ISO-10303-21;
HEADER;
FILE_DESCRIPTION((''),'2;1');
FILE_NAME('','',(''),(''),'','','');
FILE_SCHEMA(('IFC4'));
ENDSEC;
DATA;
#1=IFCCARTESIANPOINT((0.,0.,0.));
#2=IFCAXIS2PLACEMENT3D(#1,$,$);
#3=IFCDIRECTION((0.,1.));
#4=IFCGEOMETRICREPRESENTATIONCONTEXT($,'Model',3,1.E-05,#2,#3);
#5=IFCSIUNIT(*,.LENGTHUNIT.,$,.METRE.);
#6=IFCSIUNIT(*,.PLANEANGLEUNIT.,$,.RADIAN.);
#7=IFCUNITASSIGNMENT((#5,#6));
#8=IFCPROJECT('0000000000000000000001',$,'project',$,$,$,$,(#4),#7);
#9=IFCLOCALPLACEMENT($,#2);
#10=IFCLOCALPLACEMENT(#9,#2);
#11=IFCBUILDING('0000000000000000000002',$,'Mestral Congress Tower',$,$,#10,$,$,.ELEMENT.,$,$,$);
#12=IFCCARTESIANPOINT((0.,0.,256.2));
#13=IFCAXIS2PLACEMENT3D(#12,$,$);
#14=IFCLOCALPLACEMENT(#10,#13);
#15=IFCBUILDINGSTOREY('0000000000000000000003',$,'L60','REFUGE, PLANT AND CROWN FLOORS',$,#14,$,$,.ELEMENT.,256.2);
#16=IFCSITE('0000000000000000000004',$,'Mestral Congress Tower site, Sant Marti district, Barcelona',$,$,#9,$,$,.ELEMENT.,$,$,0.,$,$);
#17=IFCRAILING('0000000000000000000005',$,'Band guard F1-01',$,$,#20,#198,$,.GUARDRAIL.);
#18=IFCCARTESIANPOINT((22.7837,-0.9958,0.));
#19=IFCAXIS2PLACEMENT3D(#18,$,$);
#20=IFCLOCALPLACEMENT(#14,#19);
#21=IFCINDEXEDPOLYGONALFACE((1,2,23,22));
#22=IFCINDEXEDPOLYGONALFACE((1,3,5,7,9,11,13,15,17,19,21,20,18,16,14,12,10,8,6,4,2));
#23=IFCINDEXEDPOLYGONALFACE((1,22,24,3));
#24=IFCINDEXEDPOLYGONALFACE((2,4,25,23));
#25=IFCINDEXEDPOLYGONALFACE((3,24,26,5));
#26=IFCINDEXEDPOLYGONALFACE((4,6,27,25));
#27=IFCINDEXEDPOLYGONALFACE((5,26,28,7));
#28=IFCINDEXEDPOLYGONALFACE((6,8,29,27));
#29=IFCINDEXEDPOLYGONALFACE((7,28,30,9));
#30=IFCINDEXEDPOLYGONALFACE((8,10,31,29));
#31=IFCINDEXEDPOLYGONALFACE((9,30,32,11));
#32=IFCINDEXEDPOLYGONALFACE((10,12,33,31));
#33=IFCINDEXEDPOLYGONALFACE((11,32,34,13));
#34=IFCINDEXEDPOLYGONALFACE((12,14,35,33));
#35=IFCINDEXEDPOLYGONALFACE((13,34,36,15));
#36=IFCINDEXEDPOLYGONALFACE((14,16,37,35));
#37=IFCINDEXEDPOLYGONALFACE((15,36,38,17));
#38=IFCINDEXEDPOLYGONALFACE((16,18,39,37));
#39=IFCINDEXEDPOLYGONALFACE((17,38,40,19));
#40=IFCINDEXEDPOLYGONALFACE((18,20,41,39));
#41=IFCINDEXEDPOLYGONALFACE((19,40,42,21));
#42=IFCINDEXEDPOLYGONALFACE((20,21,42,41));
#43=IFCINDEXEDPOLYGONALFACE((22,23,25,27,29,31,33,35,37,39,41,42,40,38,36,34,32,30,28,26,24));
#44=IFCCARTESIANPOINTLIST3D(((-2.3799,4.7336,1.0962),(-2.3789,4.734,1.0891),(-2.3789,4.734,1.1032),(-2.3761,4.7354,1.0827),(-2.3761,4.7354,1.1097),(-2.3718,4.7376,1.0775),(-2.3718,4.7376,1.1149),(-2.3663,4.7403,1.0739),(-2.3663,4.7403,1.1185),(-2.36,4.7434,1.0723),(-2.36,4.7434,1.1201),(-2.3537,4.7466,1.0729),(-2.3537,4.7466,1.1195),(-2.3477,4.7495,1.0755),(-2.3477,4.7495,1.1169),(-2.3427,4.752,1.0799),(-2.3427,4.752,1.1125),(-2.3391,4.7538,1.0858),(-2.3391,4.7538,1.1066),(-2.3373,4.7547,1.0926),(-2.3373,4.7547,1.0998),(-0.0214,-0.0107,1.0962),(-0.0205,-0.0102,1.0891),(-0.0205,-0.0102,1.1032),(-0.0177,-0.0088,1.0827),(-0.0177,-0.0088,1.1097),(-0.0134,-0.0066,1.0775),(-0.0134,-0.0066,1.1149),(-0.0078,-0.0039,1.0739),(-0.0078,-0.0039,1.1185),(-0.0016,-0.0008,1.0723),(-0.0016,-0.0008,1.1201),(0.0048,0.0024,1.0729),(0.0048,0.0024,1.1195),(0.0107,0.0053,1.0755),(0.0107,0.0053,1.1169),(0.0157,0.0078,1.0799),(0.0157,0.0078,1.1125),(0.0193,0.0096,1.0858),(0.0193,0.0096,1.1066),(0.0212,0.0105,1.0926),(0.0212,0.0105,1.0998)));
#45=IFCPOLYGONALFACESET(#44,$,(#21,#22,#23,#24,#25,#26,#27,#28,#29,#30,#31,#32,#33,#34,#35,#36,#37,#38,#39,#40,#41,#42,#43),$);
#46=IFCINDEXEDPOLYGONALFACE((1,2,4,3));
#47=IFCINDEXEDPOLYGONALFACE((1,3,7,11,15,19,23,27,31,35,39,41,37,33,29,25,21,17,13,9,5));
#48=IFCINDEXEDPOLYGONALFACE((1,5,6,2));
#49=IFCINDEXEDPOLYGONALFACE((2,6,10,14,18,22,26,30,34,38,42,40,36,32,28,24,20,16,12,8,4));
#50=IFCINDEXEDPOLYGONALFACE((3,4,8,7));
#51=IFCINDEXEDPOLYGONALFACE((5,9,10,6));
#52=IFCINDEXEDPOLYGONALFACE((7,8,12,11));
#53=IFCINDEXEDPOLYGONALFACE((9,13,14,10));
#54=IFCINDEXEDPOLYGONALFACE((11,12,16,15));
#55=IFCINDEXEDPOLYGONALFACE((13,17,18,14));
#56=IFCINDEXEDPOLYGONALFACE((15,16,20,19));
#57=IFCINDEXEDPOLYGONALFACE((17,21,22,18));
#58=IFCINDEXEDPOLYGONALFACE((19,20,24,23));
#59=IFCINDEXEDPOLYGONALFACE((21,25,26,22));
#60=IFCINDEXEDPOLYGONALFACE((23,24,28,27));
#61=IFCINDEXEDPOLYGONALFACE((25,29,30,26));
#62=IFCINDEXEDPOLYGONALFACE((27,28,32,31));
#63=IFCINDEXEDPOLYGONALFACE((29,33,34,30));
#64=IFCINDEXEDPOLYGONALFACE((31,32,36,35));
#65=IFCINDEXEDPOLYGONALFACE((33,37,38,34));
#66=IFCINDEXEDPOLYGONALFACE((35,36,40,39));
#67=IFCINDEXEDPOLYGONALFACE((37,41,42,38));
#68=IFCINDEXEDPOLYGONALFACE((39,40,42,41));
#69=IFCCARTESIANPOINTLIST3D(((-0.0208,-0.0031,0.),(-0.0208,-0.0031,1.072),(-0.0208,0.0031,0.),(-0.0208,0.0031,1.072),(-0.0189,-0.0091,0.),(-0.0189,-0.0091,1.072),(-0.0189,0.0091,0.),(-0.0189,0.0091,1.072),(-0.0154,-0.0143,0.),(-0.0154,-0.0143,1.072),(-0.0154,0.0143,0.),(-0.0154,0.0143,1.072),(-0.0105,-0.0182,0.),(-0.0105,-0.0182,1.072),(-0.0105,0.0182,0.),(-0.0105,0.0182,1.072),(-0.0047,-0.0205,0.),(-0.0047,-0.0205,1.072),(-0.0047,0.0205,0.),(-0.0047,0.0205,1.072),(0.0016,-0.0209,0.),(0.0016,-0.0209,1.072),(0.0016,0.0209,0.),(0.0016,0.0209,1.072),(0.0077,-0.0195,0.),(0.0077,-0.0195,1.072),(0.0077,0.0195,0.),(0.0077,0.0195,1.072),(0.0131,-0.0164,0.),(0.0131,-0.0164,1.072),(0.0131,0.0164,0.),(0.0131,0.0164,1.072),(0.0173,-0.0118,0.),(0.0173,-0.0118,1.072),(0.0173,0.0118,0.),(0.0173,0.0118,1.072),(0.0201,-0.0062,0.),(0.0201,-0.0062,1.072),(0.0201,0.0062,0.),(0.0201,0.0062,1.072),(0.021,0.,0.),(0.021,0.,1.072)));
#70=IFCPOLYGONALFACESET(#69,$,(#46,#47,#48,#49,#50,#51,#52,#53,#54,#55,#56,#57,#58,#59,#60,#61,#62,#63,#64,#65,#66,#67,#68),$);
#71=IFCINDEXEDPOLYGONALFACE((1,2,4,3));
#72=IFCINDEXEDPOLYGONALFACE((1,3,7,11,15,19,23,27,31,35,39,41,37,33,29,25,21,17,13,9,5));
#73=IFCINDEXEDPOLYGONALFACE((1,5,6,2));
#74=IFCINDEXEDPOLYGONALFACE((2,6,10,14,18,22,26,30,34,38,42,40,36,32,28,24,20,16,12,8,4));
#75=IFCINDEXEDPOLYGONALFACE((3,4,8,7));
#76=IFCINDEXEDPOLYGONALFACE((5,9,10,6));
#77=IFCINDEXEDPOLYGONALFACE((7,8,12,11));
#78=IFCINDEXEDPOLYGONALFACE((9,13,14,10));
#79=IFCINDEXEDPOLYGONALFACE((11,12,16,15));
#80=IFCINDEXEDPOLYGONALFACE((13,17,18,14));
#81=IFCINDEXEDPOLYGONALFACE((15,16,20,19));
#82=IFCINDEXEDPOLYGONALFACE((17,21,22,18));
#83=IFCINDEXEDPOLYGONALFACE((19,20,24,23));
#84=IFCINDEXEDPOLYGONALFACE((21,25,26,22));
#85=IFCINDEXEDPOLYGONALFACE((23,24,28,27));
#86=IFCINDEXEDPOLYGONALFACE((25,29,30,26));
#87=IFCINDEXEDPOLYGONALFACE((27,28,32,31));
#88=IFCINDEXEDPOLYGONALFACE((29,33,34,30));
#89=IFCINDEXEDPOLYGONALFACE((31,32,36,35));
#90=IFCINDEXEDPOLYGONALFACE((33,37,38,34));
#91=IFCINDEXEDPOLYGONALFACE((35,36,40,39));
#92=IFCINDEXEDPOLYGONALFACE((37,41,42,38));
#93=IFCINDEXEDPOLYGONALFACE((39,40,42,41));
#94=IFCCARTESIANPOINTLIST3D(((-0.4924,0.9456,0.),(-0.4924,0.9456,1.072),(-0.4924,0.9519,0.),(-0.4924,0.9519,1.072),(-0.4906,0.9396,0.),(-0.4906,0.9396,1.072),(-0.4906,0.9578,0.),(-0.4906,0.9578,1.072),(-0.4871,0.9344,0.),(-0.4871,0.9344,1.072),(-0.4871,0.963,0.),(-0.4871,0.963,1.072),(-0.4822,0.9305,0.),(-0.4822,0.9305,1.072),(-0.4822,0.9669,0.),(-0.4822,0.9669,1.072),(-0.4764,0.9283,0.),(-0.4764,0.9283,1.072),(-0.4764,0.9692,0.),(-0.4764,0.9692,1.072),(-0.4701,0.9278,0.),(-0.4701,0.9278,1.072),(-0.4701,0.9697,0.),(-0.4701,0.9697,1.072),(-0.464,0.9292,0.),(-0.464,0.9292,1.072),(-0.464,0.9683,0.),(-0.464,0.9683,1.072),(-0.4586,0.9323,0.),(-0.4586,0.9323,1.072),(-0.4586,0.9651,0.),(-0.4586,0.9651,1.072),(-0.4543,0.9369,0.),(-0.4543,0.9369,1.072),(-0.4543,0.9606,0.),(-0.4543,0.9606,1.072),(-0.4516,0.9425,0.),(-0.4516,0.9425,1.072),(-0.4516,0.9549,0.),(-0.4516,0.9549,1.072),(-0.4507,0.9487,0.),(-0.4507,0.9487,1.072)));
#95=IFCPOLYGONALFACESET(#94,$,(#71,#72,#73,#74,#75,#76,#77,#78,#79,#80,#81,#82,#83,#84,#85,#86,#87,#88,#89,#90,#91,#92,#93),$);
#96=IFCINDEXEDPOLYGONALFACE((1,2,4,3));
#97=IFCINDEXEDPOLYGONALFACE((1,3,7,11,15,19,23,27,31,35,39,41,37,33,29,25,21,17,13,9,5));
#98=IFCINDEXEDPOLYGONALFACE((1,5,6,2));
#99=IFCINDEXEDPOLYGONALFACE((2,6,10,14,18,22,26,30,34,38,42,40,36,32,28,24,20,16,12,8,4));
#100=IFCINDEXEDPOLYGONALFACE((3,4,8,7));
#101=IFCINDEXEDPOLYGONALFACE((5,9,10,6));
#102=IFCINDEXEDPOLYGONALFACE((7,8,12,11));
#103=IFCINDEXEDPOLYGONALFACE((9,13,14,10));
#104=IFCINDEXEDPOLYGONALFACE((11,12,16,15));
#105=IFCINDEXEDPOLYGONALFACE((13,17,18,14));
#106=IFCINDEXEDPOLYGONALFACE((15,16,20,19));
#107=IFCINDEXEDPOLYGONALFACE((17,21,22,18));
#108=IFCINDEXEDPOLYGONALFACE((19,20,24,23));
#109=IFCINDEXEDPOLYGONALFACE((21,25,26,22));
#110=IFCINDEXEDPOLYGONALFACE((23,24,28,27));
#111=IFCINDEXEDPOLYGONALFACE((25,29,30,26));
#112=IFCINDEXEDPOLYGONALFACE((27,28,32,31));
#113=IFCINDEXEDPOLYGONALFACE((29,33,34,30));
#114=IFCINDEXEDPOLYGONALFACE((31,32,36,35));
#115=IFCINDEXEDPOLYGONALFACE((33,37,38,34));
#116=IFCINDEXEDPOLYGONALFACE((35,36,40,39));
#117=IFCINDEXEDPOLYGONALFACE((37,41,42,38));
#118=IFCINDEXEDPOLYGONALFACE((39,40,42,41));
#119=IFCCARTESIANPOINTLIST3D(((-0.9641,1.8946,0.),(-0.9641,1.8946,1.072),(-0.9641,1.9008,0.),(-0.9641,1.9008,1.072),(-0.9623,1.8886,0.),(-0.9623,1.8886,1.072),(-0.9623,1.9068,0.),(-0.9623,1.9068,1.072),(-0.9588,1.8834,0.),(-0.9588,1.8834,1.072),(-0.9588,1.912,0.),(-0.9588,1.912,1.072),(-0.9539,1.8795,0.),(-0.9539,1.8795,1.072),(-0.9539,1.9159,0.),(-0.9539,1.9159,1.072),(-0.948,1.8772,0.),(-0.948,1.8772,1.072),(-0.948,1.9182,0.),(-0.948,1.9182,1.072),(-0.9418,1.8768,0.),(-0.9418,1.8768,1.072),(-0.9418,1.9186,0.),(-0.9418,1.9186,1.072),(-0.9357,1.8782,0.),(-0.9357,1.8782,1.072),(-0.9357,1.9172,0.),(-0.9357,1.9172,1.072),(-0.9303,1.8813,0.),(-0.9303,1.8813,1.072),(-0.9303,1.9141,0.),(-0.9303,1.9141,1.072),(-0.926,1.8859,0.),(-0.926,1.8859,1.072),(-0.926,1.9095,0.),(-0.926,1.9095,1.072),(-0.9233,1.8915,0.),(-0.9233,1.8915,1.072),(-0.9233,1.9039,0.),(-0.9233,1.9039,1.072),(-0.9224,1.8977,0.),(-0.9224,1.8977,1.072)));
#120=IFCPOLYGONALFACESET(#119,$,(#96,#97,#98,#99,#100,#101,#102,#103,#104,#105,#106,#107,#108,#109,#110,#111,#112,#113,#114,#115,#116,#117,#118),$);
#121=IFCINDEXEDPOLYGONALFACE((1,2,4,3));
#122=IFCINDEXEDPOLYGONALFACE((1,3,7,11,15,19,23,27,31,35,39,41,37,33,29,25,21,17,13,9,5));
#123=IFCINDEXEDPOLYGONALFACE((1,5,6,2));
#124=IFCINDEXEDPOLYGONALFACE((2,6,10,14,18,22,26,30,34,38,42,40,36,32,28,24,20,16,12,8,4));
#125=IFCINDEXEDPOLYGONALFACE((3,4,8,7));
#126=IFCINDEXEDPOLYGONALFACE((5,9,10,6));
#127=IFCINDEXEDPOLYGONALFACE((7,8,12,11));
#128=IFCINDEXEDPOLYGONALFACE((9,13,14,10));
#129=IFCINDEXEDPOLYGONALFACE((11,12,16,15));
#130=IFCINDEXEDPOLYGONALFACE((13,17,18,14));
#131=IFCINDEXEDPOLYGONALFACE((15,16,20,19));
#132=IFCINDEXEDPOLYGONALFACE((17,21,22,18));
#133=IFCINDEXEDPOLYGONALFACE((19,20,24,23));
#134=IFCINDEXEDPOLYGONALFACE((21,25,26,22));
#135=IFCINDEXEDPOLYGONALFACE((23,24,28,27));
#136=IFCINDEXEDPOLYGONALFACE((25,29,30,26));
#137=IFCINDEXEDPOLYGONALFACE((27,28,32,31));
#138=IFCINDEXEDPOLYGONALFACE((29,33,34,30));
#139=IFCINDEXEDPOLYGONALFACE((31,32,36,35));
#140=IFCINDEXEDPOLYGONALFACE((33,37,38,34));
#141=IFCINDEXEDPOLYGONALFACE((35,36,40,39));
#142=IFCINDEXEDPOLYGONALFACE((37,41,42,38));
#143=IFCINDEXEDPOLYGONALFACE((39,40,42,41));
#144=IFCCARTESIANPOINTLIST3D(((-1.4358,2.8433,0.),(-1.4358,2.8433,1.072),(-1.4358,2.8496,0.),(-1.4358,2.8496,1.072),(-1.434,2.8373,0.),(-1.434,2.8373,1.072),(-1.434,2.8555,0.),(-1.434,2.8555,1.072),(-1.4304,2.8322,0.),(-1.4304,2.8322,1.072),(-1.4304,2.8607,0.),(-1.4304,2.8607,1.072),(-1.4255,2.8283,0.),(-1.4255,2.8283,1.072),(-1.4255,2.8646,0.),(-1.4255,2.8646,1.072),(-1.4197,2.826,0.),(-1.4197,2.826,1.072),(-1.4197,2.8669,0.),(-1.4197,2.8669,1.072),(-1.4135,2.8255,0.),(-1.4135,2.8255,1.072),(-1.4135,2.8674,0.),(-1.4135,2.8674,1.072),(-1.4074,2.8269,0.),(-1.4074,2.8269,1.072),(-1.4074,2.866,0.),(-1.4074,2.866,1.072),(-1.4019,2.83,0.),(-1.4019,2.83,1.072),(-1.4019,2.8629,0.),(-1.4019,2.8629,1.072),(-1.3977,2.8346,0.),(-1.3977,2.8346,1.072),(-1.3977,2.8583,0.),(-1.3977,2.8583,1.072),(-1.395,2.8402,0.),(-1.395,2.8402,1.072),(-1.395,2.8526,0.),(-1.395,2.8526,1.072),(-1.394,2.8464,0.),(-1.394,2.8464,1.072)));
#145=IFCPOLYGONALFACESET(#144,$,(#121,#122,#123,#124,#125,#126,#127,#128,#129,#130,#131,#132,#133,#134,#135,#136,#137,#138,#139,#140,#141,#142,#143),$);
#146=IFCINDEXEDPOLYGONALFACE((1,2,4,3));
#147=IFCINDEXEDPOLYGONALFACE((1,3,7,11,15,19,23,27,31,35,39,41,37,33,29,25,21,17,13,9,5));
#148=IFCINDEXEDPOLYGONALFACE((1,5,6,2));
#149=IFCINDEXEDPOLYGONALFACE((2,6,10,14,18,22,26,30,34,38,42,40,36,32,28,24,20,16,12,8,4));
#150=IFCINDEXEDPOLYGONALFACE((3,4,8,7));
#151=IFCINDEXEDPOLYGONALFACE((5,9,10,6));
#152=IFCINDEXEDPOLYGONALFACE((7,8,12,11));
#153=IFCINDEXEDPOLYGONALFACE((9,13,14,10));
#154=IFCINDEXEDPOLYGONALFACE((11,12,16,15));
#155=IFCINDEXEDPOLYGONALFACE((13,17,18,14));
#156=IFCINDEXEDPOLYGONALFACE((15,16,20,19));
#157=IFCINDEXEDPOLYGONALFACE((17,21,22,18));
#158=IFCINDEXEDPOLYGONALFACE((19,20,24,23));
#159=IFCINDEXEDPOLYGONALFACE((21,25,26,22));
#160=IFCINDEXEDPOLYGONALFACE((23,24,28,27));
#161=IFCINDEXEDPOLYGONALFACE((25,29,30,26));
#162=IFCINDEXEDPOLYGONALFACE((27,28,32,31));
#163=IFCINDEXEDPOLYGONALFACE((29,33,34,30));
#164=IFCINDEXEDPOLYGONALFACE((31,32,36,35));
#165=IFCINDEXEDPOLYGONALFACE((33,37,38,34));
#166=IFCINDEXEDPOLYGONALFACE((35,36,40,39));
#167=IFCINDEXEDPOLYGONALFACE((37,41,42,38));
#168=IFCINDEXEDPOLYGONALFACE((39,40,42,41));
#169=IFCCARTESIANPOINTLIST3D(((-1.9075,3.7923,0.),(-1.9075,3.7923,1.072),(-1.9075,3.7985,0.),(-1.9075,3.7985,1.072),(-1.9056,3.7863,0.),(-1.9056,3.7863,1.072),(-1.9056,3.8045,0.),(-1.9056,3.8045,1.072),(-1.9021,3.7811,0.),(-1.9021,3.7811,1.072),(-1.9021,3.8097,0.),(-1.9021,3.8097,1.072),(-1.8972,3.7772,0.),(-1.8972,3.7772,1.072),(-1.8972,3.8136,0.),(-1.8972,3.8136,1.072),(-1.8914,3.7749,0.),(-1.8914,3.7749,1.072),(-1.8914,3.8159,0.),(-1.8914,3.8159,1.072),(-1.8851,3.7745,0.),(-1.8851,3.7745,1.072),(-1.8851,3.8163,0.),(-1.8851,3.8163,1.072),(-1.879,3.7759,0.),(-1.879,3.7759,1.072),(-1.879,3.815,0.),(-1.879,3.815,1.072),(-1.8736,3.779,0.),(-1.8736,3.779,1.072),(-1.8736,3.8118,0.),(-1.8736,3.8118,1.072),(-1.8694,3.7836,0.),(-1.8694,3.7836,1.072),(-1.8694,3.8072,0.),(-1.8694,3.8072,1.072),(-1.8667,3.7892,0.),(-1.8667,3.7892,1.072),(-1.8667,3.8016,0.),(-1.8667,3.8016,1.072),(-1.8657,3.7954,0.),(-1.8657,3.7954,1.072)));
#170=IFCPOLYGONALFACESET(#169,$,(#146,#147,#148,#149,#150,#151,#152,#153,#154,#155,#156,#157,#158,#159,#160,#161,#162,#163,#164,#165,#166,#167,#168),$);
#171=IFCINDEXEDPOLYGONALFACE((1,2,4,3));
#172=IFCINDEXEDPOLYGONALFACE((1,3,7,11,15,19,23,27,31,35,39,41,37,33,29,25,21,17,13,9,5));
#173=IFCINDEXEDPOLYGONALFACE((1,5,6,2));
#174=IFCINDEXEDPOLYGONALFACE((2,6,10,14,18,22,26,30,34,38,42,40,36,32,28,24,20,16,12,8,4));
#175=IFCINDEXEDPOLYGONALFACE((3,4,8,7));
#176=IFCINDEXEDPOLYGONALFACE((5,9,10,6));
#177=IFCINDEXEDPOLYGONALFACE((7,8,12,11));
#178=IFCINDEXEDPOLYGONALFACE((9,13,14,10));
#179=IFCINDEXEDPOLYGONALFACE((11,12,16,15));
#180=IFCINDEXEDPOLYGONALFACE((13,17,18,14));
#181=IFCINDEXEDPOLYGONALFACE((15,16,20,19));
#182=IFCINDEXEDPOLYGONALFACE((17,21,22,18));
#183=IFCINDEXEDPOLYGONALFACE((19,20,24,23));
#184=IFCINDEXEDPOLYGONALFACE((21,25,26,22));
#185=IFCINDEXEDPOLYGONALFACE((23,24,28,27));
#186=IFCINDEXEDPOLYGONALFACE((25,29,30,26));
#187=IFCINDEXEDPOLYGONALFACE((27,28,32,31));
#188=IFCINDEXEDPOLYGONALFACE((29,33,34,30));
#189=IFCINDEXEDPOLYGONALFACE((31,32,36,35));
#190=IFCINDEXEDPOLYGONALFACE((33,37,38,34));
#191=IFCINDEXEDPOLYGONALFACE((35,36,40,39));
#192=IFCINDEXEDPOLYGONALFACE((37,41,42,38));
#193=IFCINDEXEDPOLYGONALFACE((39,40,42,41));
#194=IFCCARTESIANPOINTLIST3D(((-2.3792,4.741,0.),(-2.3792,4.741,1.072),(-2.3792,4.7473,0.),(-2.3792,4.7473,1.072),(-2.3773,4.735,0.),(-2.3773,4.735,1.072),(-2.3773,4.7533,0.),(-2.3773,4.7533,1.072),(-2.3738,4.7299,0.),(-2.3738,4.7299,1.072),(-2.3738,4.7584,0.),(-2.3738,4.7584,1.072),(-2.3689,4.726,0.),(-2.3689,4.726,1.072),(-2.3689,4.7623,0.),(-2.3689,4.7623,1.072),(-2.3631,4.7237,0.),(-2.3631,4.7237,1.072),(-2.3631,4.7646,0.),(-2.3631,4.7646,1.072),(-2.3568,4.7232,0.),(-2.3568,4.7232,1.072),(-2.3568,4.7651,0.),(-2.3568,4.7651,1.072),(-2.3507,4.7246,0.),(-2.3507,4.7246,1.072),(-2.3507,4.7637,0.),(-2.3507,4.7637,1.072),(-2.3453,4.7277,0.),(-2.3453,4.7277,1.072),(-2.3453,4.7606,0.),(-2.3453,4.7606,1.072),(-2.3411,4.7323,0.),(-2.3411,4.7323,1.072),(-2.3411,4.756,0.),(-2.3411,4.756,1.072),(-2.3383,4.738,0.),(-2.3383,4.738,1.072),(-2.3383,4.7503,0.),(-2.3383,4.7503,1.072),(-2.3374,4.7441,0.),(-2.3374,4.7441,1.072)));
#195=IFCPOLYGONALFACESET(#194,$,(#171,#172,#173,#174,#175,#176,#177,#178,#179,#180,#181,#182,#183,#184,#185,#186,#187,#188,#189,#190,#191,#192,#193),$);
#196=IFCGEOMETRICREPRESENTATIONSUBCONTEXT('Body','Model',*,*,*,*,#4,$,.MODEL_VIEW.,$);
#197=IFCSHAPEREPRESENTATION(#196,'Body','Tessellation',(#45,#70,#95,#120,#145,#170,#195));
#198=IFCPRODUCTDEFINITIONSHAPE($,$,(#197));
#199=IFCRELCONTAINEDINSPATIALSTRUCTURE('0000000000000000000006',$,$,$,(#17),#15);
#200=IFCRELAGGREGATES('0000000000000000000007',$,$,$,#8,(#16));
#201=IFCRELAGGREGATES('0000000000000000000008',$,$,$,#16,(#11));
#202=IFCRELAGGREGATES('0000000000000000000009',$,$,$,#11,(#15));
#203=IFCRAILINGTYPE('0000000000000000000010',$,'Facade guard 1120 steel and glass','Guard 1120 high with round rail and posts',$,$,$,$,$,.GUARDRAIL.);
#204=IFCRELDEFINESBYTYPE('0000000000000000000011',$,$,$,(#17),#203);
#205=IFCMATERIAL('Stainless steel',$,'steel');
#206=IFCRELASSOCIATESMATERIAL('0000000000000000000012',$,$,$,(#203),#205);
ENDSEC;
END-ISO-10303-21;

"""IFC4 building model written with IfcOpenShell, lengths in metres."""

from ifc_helpers import new_model, si_unit, direction, frame, origin, origin_2d, place, context, subcontext, project, spatial, circle, extrude, material, type_object, element, save


model = new_model("IFC4")

# Units and contexts
model_context = context("Model", 3, precision=1e-05, world=origin(), true_north=direction((0.0, 1.0)))
body_context = subcontext(model_context, "Body", "Model", "MODEL_VIEW")
ifc_project = project(units=[si_unit("LENGTHUNIT", "METRE"), si_unit("PLANEANGLEUNIT", "RADIAN")], contexts=[model_context])

# Site, building, storey
site_placement = place(None, origin())
site = spatial("IfcSite", under=ifc_project, at=site_placement, Name="Mestral Congress Tower site, Sant Marti district, Barcelona", CompositionType="ELEMENT", RefElevation=0.0)
building_placement = place(site_placement, origin())
building = spatial("IfcBuilding", under=site, at=building_placement, Name="Mestral Congress Tower", CompositionType="ELEMENT")
storey_placement = place(building_placement, frame((0.0, 0.0, 256.2)))
storey = spatial("IfcBuildingStorey", under=building, at=storey_placement, Name="L60", Description="REFUGE, PLANT AND CROWN FLOORS", CompositionType="ELEMENT", Elevation=256.2)

# Railing
ifc_material_1 = material(Name="Stainless steel", Category="steel")
railing_type = type_object("IfcRailingType", Name="Facade guard 1120 steel and glass", Description="Guard 1120 high with round rail and posts", PredefinedType="GUARDRAIL", material=ifc_material_1)
railing_1_placement = place(storey_placement, frame((22.7837, -0.9958, 0.0)))
element("IfcRailing", 1, at=railing_1_placement, inside=storey, type_object=railing_type, Name="Band guard F1-01", PredefinedType="GUARDRAIL", context=body_context, shape_type="SweptSolid", body=[
    extrude(circle(Radius=0.0239, at=origin_2d()), frame((0.0, 0.0, 1.0962), z_axis=(-0.445148, 0.895457, 0.0), x_axis=(-0.895457, -0.445148, 0.0)), (0.0, 0.0, 1.0), 5.2981),
    extrude(circle(Radius=0.021, at=origin_2d()), origin(), (0.0, 0.0, 1.0), 1.072),
    extrude(circle(Radius=0.021, at=origin_2d()), frame((-0.4717, 0.9487, 0.0)), (0.0, 0.0, 1.0), 1.072),
    extrude(circle(Radius=0.021, at=origin_2d()), frame((-0.9434, 1.8977, 0.0)), (0.0, 0.0, 1.0), 1.072),
    extrude(circle(Radius=0.021, at=origin_2d()), frame((-1.415, 2.8464, 0.0)), (0.0, 0.0, 1.0), 1.072),
    extrude(circle(Radius=0.021, at=origin_2d()), frame((-1.8867, 3.7954, 0.0)), (0.0, 0.0, 1.0), 1.072),
    extrude(circle(Radius=0.021, at=origin_2d()), frame((-2.3584, 4.7441, 0.0)), (0.0, 0.0, 1.0), 1.072),
])

save(model, "model.ifc")
